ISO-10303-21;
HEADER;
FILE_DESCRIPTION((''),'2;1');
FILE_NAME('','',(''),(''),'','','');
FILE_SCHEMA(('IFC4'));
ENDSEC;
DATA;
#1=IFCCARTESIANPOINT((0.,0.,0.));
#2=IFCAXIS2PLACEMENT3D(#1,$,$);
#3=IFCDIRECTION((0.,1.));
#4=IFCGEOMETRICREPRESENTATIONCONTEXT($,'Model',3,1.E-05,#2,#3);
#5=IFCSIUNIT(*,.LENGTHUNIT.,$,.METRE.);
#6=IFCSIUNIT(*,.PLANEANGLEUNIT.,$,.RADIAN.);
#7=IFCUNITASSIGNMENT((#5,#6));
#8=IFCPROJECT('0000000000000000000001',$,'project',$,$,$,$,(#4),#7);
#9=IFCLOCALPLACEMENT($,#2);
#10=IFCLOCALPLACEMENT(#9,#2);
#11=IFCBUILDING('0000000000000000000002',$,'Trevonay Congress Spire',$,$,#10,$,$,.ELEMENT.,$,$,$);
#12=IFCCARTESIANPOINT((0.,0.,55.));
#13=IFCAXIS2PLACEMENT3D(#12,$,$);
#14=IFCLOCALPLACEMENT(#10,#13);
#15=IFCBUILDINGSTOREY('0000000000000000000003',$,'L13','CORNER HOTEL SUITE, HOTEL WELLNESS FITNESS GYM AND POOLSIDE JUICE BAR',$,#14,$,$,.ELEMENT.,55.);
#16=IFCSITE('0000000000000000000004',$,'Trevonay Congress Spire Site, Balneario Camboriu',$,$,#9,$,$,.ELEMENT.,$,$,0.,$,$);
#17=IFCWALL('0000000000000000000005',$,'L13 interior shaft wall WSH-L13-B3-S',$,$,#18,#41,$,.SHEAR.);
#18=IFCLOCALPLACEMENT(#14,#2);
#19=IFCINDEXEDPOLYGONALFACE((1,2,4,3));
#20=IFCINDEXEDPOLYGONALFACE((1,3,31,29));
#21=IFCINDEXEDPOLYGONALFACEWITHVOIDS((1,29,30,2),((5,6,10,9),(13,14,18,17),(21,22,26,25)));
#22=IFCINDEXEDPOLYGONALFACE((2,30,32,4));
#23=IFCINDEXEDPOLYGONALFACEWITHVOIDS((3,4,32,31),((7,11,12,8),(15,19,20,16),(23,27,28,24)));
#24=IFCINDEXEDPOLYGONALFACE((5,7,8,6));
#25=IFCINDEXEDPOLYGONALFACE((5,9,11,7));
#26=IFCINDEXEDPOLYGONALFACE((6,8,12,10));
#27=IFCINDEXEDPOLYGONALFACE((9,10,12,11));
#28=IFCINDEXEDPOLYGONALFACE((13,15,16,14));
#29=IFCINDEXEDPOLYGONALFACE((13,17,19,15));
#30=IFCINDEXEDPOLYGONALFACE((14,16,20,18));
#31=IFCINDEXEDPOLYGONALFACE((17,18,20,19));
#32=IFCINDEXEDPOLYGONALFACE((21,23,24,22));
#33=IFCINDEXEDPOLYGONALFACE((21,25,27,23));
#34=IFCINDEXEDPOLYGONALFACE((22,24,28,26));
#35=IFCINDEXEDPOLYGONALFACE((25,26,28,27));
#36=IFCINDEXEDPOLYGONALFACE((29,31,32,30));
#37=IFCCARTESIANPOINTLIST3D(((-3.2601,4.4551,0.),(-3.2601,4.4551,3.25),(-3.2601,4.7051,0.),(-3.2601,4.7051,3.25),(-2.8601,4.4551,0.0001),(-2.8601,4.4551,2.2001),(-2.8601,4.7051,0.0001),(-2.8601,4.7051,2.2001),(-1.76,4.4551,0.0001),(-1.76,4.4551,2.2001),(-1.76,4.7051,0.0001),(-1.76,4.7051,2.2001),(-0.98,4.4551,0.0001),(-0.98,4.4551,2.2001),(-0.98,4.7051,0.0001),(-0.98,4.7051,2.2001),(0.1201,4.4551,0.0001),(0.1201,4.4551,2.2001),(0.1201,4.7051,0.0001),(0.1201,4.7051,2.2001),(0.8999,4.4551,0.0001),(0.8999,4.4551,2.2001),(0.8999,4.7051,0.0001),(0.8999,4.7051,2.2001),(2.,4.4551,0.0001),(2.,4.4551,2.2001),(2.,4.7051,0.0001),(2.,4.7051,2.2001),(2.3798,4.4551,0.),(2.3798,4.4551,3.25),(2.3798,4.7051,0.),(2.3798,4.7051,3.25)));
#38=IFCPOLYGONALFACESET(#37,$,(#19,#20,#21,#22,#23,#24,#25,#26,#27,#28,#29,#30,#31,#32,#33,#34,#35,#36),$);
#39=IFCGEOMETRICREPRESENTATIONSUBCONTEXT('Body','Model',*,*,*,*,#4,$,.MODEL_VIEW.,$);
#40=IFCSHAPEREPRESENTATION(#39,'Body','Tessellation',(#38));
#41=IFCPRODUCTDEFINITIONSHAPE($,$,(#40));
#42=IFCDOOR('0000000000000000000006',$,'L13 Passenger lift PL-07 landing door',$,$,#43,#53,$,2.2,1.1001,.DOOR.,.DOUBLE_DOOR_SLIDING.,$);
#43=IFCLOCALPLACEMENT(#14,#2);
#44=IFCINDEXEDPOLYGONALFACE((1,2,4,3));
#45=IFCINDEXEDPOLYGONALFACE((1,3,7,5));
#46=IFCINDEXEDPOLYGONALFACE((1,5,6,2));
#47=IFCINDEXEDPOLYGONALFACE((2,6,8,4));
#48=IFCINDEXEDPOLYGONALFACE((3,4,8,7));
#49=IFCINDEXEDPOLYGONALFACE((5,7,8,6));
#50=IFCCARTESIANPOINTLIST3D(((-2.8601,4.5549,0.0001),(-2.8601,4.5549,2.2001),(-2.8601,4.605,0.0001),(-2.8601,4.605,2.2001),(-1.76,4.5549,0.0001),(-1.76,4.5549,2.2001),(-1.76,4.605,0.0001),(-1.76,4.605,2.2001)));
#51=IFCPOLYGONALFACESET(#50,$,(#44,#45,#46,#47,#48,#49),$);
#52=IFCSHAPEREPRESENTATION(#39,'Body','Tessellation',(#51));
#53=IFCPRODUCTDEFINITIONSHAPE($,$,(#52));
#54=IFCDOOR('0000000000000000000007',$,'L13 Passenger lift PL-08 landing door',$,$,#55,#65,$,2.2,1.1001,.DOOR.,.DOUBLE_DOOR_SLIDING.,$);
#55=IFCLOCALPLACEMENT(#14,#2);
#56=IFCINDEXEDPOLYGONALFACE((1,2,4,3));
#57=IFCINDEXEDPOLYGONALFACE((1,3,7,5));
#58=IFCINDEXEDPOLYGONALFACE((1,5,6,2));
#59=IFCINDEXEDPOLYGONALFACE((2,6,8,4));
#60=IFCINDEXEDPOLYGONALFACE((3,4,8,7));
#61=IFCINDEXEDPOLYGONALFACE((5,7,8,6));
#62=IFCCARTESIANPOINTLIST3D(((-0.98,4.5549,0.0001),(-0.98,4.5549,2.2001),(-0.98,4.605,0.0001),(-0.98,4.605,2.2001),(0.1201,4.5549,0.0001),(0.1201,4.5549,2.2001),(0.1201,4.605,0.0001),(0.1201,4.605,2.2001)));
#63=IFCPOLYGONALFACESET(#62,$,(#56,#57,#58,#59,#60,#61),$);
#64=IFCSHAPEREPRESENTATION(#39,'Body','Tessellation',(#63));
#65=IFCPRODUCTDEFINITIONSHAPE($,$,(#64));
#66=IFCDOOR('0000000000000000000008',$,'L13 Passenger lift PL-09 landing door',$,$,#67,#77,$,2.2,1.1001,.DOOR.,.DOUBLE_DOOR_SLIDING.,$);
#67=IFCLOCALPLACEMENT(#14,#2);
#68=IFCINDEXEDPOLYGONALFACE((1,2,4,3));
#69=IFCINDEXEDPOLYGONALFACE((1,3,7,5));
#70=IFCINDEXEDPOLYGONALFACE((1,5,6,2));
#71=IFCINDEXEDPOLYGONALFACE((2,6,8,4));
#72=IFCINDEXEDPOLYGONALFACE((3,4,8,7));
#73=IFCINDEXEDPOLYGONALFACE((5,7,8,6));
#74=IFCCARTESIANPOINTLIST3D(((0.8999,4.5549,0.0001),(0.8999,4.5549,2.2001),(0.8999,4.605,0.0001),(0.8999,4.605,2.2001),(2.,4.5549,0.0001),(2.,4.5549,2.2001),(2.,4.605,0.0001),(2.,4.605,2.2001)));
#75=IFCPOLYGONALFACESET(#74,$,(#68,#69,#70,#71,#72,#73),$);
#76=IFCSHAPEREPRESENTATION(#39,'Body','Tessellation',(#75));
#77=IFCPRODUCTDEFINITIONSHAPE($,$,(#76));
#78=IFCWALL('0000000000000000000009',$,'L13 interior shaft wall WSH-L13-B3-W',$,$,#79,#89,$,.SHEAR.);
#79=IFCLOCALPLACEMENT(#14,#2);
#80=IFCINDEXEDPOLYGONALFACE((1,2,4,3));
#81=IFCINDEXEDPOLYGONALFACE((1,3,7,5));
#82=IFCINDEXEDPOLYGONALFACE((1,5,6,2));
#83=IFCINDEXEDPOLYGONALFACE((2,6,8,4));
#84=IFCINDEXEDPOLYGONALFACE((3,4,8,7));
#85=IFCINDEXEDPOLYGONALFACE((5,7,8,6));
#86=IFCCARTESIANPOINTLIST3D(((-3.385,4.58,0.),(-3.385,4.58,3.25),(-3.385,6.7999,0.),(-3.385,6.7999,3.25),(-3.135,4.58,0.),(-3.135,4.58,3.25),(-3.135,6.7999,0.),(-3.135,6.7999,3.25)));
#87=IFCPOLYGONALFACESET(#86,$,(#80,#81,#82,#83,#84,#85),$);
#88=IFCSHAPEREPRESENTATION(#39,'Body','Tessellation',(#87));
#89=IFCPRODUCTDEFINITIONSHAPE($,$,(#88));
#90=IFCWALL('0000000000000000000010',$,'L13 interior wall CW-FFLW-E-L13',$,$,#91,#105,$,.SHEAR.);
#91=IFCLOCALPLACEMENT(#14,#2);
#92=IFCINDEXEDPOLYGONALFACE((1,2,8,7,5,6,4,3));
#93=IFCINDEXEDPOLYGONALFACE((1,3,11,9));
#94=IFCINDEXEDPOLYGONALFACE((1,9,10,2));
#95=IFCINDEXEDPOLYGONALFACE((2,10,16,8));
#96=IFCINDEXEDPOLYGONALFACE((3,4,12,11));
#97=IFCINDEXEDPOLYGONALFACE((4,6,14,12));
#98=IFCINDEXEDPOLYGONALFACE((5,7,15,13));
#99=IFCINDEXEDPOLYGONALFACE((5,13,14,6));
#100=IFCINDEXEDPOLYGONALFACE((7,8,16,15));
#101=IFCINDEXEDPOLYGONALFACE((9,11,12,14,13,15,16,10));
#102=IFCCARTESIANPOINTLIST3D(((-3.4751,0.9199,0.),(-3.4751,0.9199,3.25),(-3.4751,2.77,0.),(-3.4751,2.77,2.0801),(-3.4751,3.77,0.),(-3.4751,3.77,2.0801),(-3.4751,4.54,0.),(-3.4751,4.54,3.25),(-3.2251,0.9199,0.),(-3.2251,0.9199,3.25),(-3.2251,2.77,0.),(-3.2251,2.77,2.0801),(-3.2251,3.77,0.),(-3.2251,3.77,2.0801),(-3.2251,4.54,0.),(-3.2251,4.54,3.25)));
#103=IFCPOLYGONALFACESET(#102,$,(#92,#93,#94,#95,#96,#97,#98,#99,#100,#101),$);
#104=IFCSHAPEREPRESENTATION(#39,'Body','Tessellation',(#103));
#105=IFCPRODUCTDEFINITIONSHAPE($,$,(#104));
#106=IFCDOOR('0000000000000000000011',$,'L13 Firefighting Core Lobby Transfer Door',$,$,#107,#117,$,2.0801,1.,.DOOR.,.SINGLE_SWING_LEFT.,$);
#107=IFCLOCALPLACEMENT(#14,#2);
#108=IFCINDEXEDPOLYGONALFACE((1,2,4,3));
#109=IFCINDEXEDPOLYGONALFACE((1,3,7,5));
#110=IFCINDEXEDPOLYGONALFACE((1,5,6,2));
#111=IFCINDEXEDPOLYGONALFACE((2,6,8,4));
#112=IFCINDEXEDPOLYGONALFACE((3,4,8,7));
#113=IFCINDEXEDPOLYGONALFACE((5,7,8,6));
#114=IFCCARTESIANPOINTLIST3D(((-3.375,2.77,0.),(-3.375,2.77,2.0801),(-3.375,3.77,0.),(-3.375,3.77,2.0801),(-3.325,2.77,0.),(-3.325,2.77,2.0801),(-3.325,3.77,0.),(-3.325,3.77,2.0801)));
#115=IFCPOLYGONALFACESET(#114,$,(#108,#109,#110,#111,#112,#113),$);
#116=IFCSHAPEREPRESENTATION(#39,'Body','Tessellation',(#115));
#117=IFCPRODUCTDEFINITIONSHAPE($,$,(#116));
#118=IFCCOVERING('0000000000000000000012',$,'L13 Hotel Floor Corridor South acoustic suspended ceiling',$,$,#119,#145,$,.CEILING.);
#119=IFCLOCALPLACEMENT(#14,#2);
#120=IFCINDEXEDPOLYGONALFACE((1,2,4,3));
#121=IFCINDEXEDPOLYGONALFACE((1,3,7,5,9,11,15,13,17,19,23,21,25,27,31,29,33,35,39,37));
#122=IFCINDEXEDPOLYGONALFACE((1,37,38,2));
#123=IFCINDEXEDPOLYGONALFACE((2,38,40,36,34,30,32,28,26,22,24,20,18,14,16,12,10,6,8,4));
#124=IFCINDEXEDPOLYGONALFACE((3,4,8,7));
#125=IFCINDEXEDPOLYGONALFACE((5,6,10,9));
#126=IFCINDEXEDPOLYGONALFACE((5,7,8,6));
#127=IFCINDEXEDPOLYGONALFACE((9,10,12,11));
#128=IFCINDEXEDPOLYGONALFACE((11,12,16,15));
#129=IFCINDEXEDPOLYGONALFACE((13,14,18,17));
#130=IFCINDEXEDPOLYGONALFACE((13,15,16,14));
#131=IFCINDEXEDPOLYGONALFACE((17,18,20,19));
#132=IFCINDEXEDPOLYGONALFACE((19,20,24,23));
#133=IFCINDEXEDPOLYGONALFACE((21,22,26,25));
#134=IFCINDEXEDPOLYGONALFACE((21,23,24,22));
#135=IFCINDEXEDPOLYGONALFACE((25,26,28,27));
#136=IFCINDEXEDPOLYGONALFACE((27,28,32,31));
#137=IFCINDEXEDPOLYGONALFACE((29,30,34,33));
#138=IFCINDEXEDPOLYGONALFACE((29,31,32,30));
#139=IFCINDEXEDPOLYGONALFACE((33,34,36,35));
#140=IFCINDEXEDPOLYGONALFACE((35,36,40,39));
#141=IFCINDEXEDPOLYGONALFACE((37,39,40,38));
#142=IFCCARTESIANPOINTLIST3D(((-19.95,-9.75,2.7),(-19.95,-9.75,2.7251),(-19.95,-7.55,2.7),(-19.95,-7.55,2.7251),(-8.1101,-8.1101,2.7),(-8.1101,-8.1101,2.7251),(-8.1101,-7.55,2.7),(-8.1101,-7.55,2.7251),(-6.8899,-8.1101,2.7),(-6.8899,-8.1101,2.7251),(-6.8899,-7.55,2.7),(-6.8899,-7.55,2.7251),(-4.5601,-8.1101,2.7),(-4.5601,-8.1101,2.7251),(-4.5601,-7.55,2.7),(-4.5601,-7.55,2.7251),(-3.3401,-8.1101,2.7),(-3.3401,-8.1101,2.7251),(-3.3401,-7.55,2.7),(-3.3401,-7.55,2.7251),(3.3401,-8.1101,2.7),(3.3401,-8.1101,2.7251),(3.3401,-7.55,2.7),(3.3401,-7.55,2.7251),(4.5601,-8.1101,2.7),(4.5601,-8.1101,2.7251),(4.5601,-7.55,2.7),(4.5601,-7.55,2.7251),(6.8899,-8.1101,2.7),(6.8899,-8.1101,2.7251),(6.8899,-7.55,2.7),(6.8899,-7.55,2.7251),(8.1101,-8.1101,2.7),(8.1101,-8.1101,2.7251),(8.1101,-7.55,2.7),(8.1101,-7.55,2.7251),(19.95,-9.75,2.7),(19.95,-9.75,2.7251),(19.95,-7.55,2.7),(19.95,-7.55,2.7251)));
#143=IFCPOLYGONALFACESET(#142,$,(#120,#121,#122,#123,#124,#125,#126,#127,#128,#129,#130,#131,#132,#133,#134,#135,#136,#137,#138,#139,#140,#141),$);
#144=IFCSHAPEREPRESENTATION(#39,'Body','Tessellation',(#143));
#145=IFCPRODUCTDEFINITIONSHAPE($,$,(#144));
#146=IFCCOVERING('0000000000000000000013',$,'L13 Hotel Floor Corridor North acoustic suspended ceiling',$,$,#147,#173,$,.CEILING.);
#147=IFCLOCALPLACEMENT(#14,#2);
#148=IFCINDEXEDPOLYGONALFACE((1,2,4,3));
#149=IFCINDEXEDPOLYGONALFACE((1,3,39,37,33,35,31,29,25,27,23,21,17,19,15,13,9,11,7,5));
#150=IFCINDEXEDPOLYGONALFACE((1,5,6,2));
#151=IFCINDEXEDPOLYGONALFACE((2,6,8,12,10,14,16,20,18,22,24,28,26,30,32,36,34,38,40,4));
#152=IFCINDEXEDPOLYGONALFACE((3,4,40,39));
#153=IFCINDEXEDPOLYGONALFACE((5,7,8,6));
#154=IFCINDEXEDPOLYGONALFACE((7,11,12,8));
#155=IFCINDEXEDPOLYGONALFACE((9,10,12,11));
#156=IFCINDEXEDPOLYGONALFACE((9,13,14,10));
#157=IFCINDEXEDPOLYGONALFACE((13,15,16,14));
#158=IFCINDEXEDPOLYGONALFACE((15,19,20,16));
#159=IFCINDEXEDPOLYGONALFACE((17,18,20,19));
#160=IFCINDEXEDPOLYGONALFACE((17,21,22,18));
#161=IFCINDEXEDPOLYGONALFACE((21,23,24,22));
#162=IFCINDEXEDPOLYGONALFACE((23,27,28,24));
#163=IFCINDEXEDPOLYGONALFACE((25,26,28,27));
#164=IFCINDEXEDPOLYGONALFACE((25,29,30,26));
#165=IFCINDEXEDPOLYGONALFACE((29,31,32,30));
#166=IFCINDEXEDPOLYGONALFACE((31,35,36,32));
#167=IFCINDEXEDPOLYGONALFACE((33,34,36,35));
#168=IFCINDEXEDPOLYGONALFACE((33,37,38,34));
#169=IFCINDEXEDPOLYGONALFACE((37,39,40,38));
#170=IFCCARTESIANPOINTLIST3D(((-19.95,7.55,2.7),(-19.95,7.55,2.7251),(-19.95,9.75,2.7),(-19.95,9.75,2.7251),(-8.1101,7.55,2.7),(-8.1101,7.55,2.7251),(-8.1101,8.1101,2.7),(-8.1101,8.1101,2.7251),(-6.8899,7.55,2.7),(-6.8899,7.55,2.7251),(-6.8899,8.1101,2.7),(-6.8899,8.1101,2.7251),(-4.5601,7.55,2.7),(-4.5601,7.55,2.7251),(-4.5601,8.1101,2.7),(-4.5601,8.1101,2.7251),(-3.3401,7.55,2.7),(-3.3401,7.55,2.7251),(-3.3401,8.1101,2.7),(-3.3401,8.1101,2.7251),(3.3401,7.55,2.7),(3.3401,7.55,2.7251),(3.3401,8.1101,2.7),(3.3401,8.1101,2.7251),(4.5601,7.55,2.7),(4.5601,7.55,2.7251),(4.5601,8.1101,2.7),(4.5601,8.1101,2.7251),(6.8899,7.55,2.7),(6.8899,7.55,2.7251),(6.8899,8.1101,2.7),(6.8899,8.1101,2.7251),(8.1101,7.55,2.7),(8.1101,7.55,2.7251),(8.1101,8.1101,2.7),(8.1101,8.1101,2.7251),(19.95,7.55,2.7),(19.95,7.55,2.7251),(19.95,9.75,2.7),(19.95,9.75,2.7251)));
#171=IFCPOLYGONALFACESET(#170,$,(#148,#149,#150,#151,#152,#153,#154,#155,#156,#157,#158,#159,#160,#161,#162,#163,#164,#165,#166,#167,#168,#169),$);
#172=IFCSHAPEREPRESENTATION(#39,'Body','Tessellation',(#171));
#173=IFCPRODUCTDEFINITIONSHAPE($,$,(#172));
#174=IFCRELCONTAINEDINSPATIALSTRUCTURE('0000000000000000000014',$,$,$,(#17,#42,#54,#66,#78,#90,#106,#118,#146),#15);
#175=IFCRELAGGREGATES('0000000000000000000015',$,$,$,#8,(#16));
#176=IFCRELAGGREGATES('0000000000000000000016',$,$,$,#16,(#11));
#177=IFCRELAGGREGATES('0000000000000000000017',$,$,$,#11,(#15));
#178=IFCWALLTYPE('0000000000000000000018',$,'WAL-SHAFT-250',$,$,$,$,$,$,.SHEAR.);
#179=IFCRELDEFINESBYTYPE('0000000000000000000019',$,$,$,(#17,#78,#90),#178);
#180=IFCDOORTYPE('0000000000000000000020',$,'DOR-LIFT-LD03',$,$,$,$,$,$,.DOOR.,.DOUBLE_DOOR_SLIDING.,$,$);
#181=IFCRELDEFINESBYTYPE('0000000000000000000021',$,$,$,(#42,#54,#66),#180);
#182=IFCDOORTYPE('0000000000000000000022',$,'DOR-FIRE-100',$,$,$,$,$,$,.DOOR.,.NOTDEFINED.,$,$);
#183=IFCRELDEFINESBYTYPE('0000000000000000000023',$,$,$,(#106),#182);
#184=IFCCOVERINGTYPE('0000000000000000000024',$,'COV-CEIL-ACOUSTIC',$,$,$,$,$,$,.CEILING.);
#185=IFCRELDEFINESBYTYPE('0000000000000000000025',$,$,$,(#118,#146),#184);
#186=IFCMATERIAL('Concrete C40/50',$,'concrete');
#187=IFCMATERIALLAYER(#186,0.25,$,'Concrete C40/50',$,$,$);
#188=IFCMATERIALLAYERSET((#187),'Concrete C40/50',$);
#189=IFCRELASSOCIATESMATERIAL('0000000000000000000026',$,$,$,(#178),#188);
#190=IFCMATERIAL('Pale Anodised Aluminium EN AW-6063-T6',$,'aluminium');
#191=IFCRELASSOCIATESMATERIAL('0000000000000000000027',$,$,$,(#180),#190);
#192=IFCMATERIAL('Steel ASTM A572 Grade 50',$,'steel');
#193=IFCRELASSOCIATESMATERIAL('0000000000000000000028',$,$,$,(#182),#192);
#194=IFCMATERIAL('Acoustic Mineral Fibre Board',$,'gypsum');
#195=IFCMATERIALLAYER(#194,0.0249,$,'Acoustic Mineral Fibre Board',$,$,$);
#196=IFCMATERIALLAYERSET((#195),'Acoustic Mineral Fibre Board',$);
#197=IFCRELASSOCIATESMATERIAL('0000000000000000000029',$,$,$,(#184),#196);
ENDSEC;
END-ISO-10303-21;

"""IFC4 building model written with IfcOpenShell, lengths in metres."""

from ifc_helpers import new_model, si_unit, direction, frame, frame_2d, origin, place, context, subcontext, project, spatial, polyline, rectangle, outline, extrude, material, layer, layer_set, type_object, element, fill, save


model = new_model("IFC4")

# Units and contexts
model_context = context("Model", 3, precision=1e-05, world=origin(), true_north=direction((0.0, 1.0)))
body_context = subcontext(model_context, "Body", "Model", "MODEL_VIEW")
ifc_project = project(units=[si_unit("LENGTHUNIT", "METRE"), si_unit("PLANEANGLEUNIT", "RADIAN")], contexts=[model_context])

# Site, building, storey
site_placement = place(None, origin())
site = spatial("IfcSite", under=ifc_project, at=site_placement, Name="Trevonay Congress Spire Site, Balneario Camboriu", CompositionType="ELEMENT", RefElevation=0.0)
building_placement = place(site_placement, origin())
building = spatial("IfcBuilding", under=site, at=building_placement, Name="Trevonay Congress Spire", CompositionType="ELEMENT")
storey_placement = place(building_placement, frame((0.0, 0.0, 55.0)))
storey = spatial("IfcBuildingStorey", under=building, at=storey_placement, Name="L13", Description="CORNER HOTEL SUITE, HOTEL WELLNESS FITNESS GYM AND POOLSIDE JUICE BAR", CompositionType="ELEMENT", Elevation=55.0)

# Shared definitions
ifc_material_1 = material(Name="Steel ASTM A572 Grade 50", Category="steel")

# Shared definitions
ifc_material_2 = material(Name="Concrete C40/50", Category="concrete")

# Wall, openings, doors
ifc_layer_1 = layer(ifc_material_2, 0.25, Name="Concrete C40/50")
ifc_layer_set_1 = layer_set([ifc_layer_1], Name="Concrete C40/50")
wall_type_1 = type_object("IfcWallType", Name="WAL-SHAFT-250", PredefinedType="SHEAR", material=ifc_layer_set_1)
ifc_material_3 = material(Name="Pale Anodised Aluminium EN AW-6063-T6", Category="aluminium")
wall_1_placement = place(storey_placement, frame((-3.26, 4.5801, 0.0), z_axis=(0.0, 0.0, 1.0), x_axis=(1.0, 0.0, 0.0)))
wall_1 = element("IfcWall", 1, at=wall_1_placement, inside=storey, type_object=wall_type_1, Name="L13 interior shaft wall WSH-L13-B3-S", PredefinedType="SHEAR", context=body_context, shape_type="SweptSolid", body=[
    extrude(rectangle(XDim=5.6399, YDim=0.25, at=frame_2d((2.8198, 0.0))), origin(), (0.0, 0.0, 1.0), 3.25),
])
opening_1_placement = place(wall_1_placement, frame((0.3999, 0.0, 0.0)))
opening_1 = element("IfcOpeningElement", 2, at=opening_1_placement, cuts=wall_1, PredefinedType="OPENING", context=body_context, shape_type="SweptSolid", body=[
    extrude(rectangle(XDim=1.1001, YDim=2.2, at=frame_2d((0.55, 1.1001))), frame((0.0, 0.135, 0.0), z_axis=(0.0, -1.0, 0.0), x_axis=(1.0, 0.0, 0.0)), (0.0, 0.0, 1.0), 0.27),
])
opening_2_placement = place(wall_1_placement, frame((2.28, 0.0, 0.0)))
opening_2 = element("IfcOpeningElement", 3, at=opening_2_placement, cuts=wall_1, PredefinedType="OPENING", context=body_context, shape_type="SweptSolid", body=[
    extrude(rectangle(XDim=1.1001, YDim=2.2, at=frame_2d((0.55, 1.1001))), frame((0.0, 0.135, 0.0), z_axis=(0.0, -1.0, 0.0), x_axis=(1.0, 0.0, 0.0)), (0.0, 0.0, 1.0), 0.27),
])
opening_3_placement = place(wall_1_placement, frame((4.1599, 0.0, 0.0)))
opening_3 = element("IfcOpeningElement", 4, at=opening_3_placement, cuts=wall_1, PredefinedType="OPENING", context=body_context, shape_type="SweptSolid", body=[
    extrude(rectangle(XDim=1.1001, YDim=2.2, at=frame_2d((0.55, 1.1001))), frame((0.0, 0.135, 0.0), z_axis=(0.0, -1.0, 0.0), x_axis=(1.0, 0.0, 0.0)), (0.0, 0.0, 1.0), 0.27),
])
door_type_1 = type_object("IfcDoorType", Name="DOR-LIFT-LD03", OperationType="DOUBLE_DOOR_SLIDING", PredefinedType="DOOR", material=ifc_material_3)
door_1_placement = place(opening_1_placement, origin())
door_1 = element("IfcDoor", 5, at=door_1_placement, inside=storey, type_object=door_type_1, Name="L13 Passenger lift PL-07 landing door", OperationType="DOUBLE_DOOR_SLIDING", OverallHeight=2.2, OverallWidth=1.1001, PredefinedType="DOOR", context=body_context, shape_type="SweptSolid", body=[
    extrude(rectangle(XDim=1.1001, YDim=2.2, at=frame_2d((0.55, 1.1001))), frame((0.0, 0.0249, 0.0), z_axis=(0.0, -1.0, 0.0), x_axis=(1.0, 0.0, 0.0)), (0.0, 0.0, 1.0), 0.05),
])
fill(opening_1, door_1)
door_2_placement = place(opening_2_placement, origin())
door_2 = element("IfcDoor", 6, at=door_2_placement, inside=storey, type_object=door_type_1, Name="L13 Passenger lift PL-08 landing door", OperationType="DOUBLE_DOOR_SLIDING", OverallHeight=2.2, OverallWidth=1.1001, PredefinedType="DOOR", context=body_context, shape_type="SweptSolid", body=[
    extrude(rectangle(XDim=1.1001, YDim=2.2, at=frame_2d((0.55, 1.1001))), frame((0.0, 0.0249, 0.0), z_axis=(0.0, -1.0, 0.0), x_axis=(1.0, 0.0, 0.0)), (0.0, 0.0, 1.0), 0.05),
])
fill(opening_2, door_2)
door_3_placement = place(opening_3_placement, origin())
door_3 = element("IfcDoor", 7, at=door_3_placement, inside=storey, type_object=door_type_1, Name="L13 Passenger lift PL-09 landing door", OperationType="DOUBLE_DOOR_SLIDING", OverallHeight=2.2, OverallWidth=1.1001, PredefinedType="DOOR", context=body_context, shape_type="SweptSolid", body=[
    extrude(rectangle(XDim=1.1001, YDim=2.2, at=frame_2d((0.55, 1.1001))), frame((0.0, 0.0249, 0.0), z_axis=(0.0, -1.0, 0.0), x_axis=(1.0, 0.0, 0.0)), (0.0, 0.0, 1.0), 0.05),
])
fill(opening_3, door_3)

# Wall
wall_2_placement = place(storey_placement, frame((-3.26, 4.5801, 0.0), z_axis=(0.0, 0.0, 1.0), x_axis=(0.0, 1.0, 0.0)))
element("IfcWall", 8, at=wall_2_placement, inside=storey, type_object=wall_type_1, Name="L13 interior shaft wall WSH-L13-B3-W", PredefinedType="SHEAR", context=body_context, shape_type="SweptSolid", body=[
    extrude(rectangle(XDim=2.22, YDim=0.25, at=frame_2d((1.1099, 0.0))), origin(), (0.0, 0.0, 1.0), 3.25),
])

# Wall, opening, door
wall_3_placement = place(storey_placement, frame((-3.3501, 0.9199, 0.0), z_axis=(0.0, 0.0, 1.0), x_axis=(0.0, 1.0, 0.0)))
wall_3 = element("IfcWall", 9, at=wall_3_placement, inside=storey, type_object=wall_type_1, Name="L13 interior wall CW-FFLW-E-L13", PredefinedType="SHEAR", context=body_context, shape_type="SweptSolid", body=[
    extrude(rectangle(XDim=3.6201, YDim=0.25, at=frame_2d((1.8101, 0.0))), origin(), (0.0, 0.0, 1.0), 3.25),
])
opening_4_placement = place(wall_3_placement, frame((1.8501, 0.0, 0.0)))
opening_4 = element("IfcOpeningElement", 10, at=opening_4_placement, cuts=wall_3, PredefinedType="OPENING", context=body_context, shape_type="SweptSolid", body=[
    extrude(rectangle(XDim=1.0, YDim=2.0801, at=frame_2d((0.5, 1.04))), frame((0.0, 0.135, 0.0), z_axis=(0.0, -1.0, 0.0), x_axis=(1.0, 0.0, 0.0)), (0.0, 0.0, 1.0), 0.27),
])
door_type_2 = type_object("IfcDoorType", Name="DOR-FIRE-100", OperationType="NOTDEFINED", PredefinedType="DOOR", material=ifc_material_1)
door_4_placement = place(opening_4_placement, origin())
door_4 = element("IfcDoor", 11, at=door_4_placement, inside=storey, type_object=door_type_2, Name="L13 Firefighting Core Lobby Transfer Door", OperationType="SINGLE_SWING_LEFT", OverallHeight=2.0801, OverallWidth=1.0, PredefinedType="DOOR", context=body_context, shape_type="SweptSolid", body=[
    extrude(rectangle(XDim=1.0, YDim=2.0801, at=frame_2d((0.5, 1.04))), frame((0.0, 0.0249, 0.0), z_axis=(0.0, -1.0, 0.0), x_axis=(1.0, 0.0, 0.0)), (0.0, 0.0, 1.0), 0.05),
])
fill(opening_4, door_4)

# Coverings
ifc_material_4 = material(Name="Acoustic Mineral Fibre Board", Category="gypsum")
ifc_layer_2 = layer(ifc_material_4, 0.0249, Name="Acoustic Mineral Fibre Board")
ifc_layer_set_2 = layer_set([ifc_layer_2], Name="Acoustic Mineral Fibre Board")
covering_type_1 = type_object("IfcCoveringType", Name="COV-CEIL-ACOUSTIC", PredefinedType="CEILING", material=ifc_layer_set_2)
covering_1_placement = place(storey_placement, frame((0.0, 0.0, 2.7)))
element("IfcCovering", 12, at=covering_1_placement, inside=storey, type_object=covering_type_1, Name="L13 Hotel Floor Corridor South acoustic suspended ceiling", PredefinedType="CEILING", context=body_context, shape_type="SweptSolid", body=[
    extrude(outline(polyline([(19.95, -7.55), (19.95, -9.75), (-19.95, -9.75), (-19.95, -7.55), (-8.1101, -7.55), (-8.1101, -8.1101), (-6.8899, -8.1101), (-6.8899, -7.55), (-4.5601, -7.55), (-4.5601, -8.1101), (-3.3401, -8.1101), (-3.3401, -7.55), (3.3401, -7.55), (3.3401, -8.1101), (4.5601, -8.1101), (4.5601, -7.55), (6.8899, -7.55), (6.8899, -8.1101), (8.1101, -8.1101), (8.1101, -7.55), (19.95, -7.55)])), origin(), (0.0, 0.0, 1.0), 0.0251),
])
covering_2_placement = place(storey_placement, frame((0.0, 0.0, 2.7)))
element("IfcCovering", 13, at=covering_2_placement, inside=storey, type_object=covering_type_1, Name="L13 Hotel Floor Corridor North acoustic suspended ceiling", PredefinedType="CEILING", context=body_context, shape_type="SweptSolid", body=[
    extrude(outline(polyline([(-19.95, 7.55), (-19.95, 9.75), (19.95, 9.75), (19.95, 7.55), (8.1101, 7.55), (8.1101, 8.1101), (6.8899, 8.1101), (6.8899, 7.55), (4.5601, 7.55), (4.5601, 8.1101), (3.3401, 8.1101), (3.3401, 7.55), (-3.3401, 7.55), (-3.3401, 8.1101), (-4.5601, 8.1101), (-4.5601, 7.55), (-6.8899, 7.55), (-6.8899, 8.1101), (-8.1101, 8.1101), (-8.1101, 7.55), (-19.95, 7.55)])), origin(), (0.0, 0.0, 1.0), 0.0251),
])

save(model, "model.ifc")
